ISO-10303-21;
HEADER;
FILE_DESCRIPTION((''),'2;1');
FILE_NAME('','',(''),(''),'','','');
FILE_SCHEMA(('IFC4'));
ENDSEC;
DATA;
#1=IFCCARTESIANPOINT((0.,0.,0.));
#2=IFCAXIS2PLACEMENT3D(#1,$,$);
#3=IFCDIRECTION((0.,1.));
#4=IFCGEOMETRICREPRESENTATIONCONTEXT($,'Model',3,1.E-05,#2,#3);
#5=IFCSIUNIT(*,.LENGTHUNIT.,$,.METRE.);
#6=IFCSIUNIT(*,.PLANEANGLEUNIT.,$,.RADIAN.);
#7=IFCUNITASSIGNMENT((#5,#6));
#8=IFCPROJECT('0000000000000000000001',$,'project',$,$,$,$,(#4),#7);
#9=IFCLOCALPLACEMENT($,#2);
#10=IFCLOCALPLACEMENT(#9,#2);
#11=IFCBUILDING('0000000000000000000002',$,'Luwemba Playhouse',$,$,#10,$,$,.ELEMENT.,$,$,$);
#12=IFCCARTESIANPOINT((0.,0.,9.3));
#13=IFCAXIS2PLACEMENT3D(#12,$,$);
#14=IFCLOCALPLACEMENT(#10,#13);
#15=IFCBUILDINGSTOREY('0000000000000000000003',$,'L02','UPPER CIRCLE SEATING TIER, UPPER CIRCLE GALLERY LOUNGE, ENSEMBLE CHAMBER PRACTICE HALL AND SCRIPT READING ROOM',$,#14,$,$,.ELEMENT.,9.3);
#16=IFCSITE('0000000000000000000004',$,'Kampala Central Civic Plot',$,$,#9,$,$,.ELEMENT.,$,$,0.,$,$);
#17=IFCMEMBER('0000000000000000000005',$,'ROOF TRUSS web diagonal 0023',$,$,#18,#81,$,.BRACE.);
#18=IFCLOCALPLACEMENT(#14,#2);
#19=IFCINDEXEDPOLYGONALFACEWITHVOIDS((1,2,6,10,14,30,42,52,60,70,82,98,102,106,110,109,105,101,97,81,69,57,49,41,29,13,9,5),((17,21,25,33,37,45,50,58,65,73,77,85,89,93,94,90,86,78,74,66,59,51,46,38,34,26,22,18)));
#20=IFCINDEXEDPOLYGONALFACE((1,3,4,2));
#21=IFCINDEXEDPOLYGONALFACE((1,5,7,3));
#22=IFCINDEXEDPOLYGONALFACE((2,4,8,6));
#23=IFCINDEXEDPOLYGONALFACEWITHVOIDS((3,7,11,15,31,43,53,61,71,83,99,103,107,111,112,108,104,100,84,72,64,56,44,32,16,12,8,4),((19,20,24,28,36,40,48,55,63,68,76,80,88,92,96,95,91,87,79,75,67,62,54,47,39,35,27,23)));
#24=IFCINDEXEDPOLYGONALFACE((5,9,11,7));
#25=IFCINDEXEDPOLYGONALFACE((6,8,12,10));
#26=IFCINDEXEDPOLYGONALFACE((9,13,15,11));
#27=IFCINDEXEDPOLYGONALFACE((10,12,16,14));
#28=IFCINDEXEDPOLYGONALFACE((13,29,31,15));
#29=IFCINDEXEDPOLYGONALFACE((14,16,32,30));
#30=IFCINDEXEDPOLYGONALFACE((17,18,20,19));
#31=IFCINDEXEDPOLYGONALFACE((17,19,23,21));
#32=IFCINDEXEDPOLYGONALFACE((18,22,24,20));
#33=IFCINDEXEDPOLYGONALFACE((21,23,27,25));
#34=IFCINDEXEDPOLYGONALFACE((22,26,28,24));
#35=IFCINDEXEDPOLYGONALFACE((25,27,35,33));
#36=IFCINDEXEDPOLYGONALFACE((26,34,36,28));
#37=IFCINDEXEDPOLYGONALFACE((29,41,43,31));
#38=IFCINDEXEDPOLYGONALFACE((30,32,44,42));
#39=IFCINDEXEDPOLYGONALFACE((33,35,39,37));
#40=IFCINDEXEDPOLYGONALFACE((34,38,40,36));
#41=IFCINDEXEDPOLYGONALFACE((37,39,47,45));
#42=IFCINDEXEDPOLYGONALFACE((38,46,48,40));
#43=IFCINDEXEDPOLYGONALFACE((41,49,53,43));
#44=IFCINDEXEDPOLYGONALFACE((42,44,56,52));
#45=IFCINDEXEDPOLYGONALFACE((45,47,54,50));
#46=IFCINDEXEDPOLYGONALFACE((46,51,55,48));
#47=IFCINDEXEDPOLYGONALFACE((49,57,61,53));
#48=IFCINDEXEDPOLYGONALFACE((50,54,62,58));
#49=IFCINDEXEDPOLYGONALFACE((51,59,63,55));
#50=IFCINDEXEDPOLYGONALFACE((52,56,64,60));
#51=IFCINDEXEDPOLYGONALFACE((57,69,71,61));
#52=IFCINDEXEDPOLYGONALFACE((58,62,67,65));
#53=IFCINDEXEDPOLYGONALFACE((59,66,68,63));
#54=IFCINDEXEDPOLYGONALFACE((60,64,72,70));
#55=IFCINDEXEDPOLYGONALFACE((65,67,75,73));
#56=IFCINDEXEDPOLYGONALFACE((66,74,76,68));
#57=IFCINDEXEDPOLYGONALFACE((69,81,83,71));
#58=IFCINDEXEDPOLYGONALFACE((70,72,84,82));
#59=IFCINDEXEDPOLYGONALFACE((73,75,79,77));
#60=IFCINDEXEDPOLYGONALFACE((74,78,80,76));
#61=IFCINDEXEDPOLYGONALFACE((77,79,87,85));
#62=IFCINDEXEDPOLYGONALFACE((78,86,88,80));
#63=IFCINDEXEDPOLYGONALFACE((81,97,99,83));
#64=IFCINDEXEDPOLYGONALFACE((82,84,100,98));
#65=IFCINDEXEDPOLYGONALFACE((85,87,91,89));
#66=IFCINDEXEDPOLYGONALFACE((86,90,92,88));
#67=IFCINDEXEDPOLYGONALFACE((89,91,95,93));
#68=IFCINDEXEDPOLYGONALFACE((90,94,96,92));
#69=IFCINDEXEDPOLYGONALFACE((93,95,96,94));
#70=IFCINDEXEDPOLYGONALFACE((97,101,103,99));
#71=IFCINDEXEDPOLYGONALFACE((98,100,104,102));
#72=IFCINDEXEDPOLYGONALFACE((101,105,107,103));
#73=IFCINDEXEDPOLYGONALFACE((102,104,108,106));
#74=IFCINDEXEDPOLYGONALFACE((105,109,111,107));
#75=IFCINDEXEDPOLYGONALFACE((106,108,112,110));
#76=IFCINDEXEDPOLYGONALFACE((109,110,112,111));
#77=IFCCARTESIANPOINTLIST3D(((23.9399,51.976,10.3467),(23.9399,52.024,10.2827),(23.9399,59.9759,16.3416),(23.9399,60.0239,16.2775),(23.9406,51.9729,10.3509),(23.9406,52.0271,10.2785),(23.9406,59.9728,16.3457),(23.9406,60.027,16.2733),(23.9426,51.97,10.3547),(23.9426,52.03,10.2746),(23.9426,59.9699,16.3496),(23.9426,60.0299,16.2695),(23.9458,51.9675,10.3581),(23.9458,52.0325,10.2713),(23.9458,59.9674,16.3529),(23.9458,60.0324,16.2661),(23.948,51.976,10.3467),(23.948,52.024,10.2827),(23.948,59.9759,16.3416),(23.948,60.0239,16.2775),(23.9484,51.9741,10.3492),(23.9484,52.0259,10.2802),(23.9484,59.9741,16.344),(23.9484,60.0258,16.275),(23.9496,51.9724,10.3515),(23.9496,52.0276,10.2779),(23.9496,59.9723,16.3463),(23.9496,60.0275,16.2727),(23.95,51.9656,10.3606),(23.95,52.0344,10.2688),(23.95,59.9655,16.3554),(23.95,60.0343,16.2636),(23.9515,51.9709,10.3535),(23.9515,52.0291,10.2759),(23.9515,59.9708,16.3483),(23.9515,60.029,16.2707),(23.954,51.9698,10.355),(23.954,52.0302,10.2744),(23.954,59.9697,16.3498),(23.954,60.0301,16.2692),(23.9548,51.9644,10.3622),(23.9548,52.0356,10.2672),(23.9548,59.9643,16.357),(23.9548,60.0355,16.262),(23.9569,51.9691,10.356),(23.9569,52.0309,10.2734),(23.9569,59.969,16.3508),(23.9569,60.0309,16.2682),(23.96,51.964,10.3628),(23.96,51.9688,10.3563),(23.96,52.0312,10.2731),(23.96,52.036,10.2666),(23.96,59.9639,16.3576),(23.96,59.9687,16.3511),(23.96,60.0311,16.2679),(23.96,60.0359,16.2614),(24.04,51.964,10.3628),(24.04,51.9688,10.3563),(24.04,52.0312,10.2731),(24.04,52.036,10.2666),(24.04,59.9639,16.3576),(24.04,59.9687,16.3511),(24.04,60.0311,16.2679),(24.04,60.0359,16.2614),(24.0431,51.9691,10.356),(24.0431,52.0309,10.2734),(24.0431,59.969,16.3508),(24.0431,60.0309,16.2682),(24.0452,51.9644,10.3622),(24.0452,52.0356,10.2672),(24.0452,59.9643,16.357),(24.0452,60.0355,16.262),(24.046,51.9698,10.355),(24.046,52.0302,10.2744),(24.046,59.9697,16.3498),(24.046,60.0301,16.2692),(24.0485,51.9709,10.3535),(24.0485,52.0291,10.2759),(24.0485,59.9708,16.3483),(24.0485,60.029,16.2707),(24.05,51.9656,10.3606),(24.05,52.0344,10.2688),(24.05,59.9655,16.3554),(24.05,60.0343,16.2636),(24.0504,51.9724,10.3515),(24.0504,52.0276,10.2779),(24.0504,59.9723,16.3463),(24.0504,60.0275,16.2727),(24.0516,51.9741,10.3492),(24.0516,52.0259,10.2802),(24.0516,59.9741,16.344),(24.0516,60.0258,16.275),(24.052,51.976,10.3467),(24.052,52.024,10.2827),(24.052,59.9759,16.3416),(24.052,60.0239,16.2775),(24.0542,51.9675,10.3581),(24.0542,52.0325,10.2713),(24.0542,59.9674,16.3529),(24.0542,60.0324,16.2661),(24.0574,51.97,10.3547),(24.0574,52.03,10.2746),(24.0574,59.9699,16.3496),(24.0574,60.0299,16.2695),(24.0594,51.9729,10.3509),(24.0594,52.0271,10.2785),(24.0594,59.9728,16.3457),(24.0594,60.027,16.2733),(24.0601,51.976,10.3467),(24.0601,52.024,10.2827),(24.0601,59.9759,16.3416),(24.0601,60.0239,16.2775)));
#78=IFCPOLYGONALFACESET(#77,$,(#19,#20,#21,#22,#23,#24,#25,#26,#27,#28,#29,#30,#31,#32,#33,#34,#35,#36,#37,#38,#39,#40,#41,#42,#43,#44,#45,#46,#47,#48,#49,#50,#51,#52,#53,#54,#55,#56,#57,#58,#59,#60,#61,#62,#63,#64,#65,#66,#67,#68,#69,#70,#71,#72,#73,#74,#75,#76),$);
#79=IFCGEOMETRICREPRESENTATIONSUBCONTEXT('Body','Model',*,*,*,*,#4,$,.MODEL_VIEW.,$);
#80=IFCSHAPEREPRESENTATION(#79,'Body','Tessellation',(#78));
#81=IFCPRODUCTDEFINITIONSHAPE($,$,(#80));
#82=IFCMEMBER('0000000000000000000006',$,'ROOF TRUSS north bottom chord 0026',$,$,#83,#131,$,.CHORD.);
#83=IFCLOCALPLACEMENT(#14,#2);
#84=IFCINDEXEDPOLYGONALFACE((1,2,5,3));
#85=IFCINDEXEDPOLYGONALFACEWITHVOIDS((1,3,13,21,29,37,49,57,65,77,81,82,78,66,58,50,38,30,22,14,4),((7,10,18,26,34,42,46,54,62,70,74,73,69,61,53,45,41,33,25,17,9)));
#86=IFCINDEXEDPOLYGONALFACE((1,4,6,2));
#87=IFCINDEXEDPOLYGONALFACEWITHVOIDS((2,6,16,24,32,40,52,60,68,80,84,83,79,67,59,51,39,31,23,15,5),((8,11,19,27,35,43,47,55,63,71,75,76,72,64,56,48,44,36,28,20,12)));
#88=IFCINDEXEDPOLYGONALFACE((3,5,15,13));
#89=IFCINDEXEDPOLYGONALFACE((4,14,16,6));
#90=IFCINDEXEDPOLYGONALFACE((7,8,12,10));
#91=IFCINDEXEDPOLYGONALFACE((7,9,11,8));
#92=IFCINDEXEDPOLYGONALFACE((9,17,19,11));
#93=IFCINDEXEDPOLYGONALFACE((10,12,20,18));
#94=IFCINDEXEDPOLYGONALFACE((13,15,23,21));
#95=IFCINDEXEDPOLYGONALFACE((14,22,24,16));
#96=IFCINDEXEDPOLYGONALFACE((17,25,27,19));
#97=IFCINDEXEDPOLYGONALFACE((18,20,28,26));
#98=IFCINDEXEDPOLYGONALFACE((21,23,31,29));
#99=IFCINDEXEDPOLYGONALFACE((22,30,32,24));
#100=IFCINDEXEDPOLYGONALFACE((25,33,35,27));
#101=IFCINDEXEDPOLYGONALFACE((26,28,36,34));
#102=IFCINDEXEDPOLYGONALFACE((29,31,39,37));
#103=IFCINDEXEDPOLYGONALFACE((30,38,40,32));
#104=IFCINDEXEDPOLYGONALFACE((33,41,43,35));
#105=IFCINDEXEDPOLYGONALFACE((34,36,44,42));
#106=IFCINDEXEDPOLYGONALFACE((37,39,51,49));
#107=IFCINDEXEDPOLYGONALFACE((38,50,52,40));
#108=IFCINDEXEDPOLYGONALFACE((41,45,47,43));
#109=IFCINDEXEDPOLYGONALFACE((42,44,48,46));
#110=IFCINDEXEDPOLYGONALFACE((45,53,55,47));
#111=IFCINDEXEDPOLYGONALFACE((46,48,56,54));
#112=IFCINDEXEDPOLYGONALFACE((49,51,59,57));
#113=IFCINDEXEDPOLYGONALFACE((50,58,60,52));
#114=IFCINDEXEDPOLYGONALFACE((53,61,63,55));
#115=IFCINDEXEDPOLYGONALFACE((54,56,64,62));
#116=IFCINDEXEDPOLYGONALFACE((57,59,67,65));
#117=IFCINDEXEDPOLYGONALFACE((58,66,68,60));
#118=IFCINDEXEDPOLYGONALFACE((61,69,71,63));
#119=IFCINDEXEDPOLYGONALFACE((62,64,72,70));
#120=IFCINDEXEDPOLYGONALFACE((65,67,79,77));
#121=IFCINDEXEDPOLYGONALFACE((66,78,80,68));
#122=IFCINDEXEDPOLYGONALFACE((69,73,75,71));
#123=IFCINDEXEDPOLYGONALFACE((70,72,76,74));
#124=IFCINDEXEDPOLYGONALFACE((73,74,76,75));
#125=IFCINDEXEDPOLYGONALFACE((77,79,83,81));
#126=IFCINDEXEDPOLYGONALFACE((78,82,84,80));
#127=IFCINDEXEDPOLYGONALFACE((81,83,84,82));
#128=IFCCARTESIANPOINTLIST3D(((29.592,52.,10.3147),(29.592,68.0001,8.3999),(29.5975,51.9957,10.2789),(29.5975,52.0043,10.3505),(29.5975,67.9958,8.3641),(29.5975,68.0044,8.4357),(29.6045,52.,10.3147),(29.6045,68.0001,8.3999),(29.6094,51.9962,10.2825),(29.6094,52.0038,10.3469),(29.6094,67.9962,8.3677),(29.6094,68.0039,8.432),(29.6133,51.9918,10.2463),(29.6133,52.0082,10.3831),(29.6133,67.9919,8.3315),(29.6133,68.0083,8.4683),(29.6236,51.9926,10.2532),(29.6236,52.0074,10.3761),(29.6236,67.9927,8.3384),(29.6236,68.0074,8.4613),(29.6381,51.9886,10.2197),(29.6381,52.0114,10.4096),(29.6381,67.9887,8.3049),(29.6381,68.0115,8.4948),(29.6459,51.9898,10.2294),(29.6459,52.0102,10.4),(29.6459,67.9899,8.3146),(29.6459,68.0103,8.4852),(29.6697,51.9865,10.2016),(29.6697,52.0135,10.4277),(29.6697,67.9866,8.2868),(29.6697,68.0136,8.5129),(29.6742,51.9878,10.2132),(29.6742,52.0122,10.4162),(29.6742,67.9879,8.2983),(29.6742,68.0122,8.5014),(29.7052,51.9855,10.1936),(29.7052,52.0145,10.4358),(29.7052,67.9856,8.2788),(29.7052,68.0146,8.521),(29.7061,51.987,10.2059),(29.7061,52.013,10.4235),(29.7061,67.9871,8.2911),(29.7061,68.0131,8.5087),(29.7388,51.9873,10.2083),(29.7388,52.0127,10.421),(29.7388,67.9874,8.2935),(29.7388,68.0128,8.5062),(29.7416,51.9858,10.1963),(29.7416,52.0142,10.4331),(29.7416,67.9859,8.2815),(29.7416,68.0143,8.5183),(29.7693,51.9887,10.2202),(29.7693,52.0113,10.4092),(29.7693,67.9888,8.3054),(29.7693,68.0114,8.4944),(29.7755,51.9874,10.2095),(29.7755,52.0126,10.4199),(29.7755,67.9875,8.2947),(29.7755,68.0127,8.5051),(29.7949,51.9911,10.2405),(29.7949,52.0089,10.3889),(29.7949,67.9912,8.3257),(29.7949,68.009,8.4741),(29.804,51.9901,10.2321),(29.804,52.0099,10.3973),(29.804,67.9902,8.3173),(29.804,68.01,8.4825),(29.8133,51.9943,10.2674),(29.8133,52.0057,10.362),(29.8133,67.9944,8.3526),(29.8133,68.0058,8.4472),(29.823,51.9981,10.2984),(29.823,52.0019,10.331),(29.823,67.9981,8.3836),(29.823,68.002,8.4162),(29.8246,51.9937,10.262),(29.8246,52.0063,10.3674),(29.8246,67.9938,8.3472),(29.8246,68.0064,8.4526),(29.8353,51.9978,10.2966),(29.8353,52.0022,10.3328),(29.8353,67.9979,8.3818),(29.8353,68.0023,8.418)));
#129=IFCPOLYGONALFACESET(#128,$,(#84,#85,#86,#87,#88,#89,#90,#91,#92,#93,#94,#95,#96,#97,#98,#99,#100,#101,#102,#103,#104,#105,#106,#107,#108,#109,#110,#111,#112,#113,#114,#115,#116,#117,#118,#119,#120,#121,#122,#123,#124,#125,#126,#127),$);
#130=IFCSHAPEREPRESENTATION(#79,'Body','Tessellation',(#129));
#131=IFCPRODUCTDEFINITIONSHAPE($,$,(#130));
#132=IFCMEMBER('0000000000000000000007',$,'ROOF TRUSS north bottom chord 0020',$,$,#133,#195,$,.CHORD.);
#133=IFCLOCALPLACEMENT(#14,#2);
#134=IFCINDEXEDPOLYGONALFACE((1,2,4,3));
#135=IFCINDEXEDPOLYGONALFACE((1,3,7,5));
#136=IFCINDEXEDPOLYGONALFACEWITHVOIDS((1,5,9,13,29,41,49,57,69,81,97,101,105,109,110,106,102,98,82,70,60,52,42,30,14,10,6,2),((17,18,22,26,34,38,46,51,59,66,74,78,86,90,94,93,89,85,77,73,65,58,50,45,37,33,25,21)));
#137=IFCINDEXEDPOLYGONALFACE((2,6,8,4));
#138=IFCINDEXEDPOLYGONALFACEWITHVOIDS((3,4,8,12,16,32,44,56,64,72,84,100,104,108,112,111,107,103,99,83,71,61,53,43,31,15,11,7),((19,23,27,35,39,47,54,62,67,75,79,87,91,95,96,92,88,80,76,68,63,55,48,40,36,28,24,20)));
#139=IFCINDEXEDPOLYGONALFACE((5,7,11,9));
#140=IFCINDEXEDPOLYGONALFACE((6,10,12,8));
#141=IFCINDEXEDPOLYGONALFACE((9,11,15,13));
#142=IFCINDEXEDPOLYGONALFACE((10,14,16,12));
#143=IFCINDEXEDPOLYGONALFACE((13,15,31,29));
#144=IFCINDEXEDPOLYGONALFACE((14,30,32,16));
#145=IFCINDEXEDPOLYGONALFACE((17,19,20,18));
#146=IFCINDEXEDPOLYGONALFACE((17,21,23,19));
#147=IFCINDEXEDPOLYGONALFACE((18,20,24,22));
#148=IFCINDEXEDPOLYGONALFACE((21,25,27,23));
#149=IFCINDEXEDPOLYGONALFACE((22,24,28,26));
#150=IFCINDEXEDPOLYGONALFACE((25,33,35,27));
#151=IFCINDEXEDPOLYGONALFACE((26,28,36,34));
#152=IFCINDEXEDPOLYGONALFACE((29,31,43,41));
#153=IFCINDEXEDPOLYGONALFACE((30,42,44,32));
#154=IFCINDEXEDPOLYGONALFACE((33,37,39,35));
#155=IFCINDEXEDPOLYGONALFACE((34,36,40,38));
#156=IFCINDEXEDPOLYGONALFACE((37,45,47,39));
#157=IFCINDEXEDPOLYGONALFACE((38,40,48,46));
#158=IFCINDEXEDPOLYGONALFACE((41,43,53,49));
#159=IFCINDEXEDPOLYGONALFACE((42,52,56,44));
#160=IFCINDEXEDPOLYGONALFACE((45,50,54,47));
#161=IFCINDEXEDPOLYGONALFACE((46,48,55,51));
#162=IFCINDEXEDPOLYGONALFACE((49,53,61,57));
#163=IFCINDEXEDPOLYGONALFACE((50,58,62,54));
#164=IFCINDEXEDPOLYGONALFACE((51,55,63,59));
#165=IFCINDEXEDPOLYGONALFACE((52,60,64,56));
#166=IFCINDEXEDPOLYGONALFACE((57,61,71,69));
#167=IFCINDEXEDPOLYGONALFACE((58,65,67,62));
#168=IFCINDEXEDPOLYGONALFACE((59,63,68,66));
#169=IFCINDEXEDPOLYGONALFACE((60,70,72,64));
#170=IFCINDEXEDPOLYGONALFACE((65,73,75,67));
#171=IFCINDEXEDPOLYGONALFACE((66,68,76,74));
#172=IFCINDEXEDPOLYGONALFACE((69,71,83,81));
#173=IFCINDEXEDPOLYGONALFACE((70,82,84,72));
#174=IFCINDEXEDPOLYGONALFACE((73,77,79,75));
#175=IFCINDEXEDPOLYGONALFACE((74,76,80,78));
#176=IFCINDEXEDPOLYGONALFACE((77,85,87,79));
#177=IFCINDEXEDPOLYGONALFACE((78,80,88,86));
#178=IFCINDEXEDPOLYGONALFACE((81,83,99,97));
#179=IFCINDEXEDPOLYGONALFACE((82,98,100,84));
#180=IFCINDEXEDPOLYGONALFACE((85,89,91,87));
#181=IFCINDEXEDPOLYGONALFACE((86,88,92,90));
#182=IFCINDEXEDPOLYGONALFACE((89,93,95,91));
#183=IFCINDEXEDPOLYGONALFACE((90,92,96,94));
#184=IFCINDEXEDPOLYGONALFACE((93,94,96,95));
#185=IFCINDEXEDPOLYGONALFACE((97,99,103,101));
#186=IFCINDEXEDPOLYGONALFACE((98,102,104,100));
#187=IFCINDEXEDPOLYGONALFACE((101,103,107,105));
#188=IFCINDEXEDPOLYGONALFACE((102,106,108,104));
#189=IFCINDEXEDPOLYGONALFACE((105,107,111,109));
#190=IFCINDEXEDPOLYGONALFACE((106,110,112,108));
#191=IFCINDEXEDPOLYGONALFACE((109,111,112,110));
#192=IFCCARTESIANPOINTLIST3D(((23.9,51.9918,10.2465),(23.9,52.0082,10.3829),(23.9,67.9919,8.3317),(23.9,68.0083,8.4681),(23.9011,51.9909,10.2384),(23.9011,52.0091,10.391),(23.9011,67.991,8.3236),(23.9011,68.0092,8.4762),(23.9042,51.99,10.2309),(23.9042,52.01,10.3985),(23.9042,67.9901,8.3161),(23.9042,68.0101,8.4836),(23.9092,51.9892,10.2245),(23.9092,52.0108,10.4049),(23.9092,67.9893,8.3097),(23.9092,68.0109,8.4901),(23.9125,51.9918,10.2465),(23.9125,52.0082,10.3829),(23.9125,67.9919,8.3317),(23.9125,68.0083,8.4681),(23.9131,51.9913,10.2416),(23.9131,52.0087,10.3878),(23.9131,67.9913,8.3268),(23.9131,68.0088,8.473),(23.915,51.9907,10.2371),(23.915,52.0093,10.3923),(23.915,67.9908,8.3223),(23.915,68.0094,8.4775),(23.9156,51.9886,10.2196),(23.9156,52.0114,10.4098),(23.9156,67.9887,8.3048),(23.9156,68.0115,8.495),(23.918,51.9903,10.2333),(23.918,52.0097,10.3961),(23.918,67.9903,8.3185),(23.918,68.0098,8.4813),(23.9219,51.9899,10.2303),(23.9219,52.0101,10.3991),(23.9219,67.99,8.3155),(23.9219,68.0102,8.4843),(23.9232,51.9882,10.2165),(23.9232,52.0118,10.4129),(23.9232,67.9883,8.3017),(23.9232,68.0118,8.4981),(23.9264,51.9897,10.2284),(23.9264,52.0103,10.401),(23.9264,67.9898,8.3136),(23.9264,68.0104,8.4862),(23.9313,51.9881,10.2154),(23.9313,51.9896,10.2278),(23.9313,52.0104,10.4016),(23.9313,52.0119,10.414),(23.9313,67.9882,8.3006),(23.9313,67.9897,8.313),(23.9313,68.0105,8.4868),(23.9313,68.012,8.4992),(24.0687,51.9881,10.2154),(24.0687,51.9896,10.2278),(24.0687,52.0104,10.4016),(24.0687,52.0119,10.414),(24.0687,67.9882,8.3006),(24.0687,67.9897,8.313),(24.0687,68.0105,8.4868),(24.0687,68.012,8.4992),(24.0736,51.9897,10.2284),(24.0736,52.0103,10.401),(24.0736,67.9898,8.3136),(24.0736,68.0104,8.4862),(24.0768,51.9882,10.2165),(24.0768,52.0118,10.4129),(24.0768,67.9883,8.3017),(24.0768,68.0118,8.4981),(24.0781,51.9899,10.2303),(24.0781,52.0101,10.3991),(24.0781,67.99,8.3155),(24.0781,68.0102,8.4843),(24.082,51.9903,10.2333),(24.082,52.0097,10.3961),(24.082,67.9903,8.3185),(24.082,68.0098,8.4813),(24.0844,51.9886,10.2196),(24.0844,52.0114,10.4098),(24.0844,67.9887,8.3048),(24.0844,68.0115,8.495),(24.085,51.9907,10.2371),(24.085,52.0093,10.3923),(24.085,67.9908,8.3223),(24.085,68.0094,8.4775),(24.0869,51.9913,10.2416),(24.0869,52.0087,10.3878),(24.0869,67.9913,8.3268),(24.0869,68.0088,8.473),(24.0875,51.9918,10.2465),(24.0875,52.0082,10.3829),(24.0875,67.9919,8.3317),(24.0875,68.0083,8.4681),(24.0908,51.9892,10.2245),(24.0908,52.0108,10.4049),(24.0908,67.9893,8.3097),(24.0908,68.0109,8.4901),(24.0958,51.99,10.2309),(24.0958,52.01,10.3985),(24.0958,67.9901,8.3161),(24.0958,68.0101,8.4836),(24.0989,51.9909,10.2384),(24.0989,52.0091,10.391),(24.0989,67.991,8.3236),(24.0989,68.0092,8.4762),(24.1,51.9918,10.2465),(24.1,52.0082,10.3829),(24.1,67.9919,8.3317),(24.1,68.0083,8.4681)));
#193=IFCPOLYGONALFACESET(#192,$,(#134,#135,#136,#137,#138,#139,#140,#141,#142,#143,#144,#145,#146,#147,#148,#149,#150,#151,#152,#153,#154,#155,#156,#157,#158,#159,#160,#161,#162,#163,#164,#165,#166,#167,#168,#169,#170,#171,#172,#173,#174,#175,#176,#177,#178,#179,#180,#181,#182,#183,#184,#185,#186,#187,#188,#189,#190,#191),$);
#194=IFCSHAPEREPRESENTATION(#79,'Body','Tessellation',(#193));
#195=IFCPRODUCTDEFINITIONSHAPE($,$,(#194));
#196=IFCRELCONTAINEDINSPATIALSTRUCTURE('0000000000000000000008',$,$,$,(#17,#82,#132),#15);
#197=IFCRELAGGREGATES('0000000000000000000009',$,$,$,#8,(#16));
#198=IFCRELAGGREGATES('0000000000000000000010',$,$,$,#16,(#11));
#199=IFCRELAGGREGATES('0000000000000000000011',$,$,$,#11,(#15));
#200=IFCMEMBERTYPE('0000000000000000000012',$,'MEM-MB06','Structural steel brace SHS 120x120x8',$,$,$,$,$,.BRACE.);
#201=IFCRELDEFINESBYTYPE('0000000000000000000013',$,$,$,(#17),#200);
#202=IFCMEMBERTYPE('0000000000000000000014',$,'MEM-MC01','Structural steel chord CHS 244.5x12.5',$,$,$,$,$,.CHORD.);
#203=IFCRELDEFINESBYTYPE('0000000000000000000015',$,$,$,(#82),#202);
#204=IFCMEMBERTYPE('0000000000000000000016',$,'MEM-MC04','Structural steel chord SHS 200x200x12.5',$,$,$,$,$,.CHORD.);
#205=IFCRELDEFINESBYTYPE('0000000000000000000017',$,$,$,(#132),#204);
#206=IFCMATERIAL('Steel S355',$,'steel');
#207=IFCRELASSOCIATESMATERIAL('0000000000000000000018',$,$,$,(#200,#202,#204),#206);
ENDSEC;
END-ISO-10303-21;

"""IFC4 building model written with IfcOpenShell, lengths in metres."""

from ifc_helpers import new_model, si_unit, direction, frame, origin, origin_2d, place, context, subcontext, project, spatial, hollow_rectangle, hollow_circle, extrude, material, material_profile, profile_set, type_object, element, save


model = new_model("IFC4")

# Units and contexts
model_context = context("Model", 3, precision=1e-05, world=origin(), true_north=direction((0.0, 1.0)))
body_context = subcontext(model_context, "Body", "Model", "MODEL_VIEW")
ifc_project = project(units=[si_unit("LENGTHUNIT", "METRE"), si_unit("PLANEANGLEUNIT", "RADIAN")], contexts=[model_context])

# Site, building, storey
site_placement = place(None, origin())
site = spatial("IfcSite", under=ifc_project, at=site_placement, Name="Kampala Central Civic Plot", CompositionType="ELEMENT", RefElevation=0.0)
building_placement = place(site_placement, origin())
building = spatial("IfcBuilding", under=site, at=building_placement, Name="Luwemba Playhouse", CompositionType="ELEMENT")
storey_placement = place(building_placement, frame((0.0, 0.0, 9.3)))
storey = spatial("IfcBuildingStorey", under=building, at=storey_placement, Name="L02", Description="UPPER CIRCLE SEATING TIER, UPPER CIRCLE GALLERY LOUNGE, ENSEMBLE CHAMBER PRACTICE HALL AND SCRIPT READING ROOM", CompositionType="ELEMENT", Elevation=9.3)

# Shared definitions
ifc_material_1 = material(Name="Steel S355", Category="steel")

# Members
ifc_material_profile_1 = material_profile(ifc_material_1, hollow_rectangle(XDim=0.1201, YDim=0.1201, WallThickness=0.0081, InnerFilletRadius=0.012, OuterFilletRadius=0.02, at=origin_2d()))
ifc_profile_set_1 = profile_set([ifc_material_profile_1], Name="Steel S355")
member_type_1 = type_object("IfcMemberType", Name="MEM-MB06", Description="Structural steel brace SHS 120x120x8", PredefinedType="BRACE", material=ifc_profile_set_1)
for number, where, z_axis, x_axis, name in (
    (1, (24.0, 52.0, 10.3147), (0.0, 0.800246, 0.599672), (-1.0, 0.0, 0.0), "ROOF TRUSS web diagonal 0023"),
):
    element("IfcMember", number, at=place(storey_placement, frame(where, z_axis=z_axis, x_axis=x_axis)), inside=storey, type_object=member_type_1, Name=name, PredefinedType="BRACE", context=body_context, shape_type="SweptSolid", body=[
        extrude(hollow_rectangle(XDim=0.1201, YDim=0.1201, WallThickness=0.0081, InnerFilletRadius=0.012, OuterFilletRadius=0.02, at=origin_2d()), origin(), (0.0, 0.0, 1.0), 9.9968),
    ])
ifc_material_profile_2 = material_profile(ifc_material_1, hollow_circle(Radius=0.1223, WallThickness=0.0125, at=origin_2d()))
ifc_profile_set_2 = profile_set([ifc_material_profile_2], Name="Steel S355")
member_type_2 = type_object("IfcMemberType", Name="MEM-MC01", Description="Structural steel chord CHS 244.5x12.5", PredefinedType="CHORD", material=ifc_profile_set_2)
member_1_placement = place(storey_placement, frame((29.7144, 52.0, 10.3147), z_axis=(0.0, 0.992915, -0.118827), x_axis=(-1.0, 0.0, 0.0)))
element("IfcMember", 2, at=member_1_placement, inside=storey, type_object=member_type_2, Name="ROOF TRUSS north bottom chord 0026", PredefinedType="CHORD", context=body_context, shape_type="SweptSolid", body=[
    extrude(hollow_circle(Radius=0.1223, WallThickness=0.0125, at=origin_2d()), origin(), (0.0, 0.0, 1.0), 16.1143),
])
ifc_material_profile_3 = material_profile(ifc_material_1, hollow_rectangle(XDim=0.2, YDim=0.2, WallThickness=0.0125, InnerFilletRadius=0.0188, OuterFilletRadius=0.0312, at=origin_2d()))
ifc_profile_set_3 = profile_set([ifc_material_profile_3], Name="Steel S355")
member_type_3 = type_object("IfcMemberType", Name="MEM-MC04", Description="Structural steel chord SHS 200x200x12.5", PredefinedType="CHORD", material=ifc_profile_set_3)
member_2_placement = place(storey_placement, frame((24.0, 52.0, 10.3147), z_axis=(0.0, 0.992915, -0.118827), x_axis=(-1.0, 0.0, 0.0)))
element("IfcMember", 3, at=member_2_placement, inside=storey, type_object=member_type_3, Name="ROOF TRUSS north bottom chord 0020", PredefinedType="CHORD", context=body_context, shape_type="SweptSolid", body=[
    extrude(hollow_rectangle(XDim=0.2, YDim=0.2, WallThickness=0.0125, InnerFilletRadius=0.0188, OuterFilletRadius=0.0312, at=origin_2d()), origin(), (0.0, 0.0, 1.0), 16.1143),
])

save(model, "model.ifc")
